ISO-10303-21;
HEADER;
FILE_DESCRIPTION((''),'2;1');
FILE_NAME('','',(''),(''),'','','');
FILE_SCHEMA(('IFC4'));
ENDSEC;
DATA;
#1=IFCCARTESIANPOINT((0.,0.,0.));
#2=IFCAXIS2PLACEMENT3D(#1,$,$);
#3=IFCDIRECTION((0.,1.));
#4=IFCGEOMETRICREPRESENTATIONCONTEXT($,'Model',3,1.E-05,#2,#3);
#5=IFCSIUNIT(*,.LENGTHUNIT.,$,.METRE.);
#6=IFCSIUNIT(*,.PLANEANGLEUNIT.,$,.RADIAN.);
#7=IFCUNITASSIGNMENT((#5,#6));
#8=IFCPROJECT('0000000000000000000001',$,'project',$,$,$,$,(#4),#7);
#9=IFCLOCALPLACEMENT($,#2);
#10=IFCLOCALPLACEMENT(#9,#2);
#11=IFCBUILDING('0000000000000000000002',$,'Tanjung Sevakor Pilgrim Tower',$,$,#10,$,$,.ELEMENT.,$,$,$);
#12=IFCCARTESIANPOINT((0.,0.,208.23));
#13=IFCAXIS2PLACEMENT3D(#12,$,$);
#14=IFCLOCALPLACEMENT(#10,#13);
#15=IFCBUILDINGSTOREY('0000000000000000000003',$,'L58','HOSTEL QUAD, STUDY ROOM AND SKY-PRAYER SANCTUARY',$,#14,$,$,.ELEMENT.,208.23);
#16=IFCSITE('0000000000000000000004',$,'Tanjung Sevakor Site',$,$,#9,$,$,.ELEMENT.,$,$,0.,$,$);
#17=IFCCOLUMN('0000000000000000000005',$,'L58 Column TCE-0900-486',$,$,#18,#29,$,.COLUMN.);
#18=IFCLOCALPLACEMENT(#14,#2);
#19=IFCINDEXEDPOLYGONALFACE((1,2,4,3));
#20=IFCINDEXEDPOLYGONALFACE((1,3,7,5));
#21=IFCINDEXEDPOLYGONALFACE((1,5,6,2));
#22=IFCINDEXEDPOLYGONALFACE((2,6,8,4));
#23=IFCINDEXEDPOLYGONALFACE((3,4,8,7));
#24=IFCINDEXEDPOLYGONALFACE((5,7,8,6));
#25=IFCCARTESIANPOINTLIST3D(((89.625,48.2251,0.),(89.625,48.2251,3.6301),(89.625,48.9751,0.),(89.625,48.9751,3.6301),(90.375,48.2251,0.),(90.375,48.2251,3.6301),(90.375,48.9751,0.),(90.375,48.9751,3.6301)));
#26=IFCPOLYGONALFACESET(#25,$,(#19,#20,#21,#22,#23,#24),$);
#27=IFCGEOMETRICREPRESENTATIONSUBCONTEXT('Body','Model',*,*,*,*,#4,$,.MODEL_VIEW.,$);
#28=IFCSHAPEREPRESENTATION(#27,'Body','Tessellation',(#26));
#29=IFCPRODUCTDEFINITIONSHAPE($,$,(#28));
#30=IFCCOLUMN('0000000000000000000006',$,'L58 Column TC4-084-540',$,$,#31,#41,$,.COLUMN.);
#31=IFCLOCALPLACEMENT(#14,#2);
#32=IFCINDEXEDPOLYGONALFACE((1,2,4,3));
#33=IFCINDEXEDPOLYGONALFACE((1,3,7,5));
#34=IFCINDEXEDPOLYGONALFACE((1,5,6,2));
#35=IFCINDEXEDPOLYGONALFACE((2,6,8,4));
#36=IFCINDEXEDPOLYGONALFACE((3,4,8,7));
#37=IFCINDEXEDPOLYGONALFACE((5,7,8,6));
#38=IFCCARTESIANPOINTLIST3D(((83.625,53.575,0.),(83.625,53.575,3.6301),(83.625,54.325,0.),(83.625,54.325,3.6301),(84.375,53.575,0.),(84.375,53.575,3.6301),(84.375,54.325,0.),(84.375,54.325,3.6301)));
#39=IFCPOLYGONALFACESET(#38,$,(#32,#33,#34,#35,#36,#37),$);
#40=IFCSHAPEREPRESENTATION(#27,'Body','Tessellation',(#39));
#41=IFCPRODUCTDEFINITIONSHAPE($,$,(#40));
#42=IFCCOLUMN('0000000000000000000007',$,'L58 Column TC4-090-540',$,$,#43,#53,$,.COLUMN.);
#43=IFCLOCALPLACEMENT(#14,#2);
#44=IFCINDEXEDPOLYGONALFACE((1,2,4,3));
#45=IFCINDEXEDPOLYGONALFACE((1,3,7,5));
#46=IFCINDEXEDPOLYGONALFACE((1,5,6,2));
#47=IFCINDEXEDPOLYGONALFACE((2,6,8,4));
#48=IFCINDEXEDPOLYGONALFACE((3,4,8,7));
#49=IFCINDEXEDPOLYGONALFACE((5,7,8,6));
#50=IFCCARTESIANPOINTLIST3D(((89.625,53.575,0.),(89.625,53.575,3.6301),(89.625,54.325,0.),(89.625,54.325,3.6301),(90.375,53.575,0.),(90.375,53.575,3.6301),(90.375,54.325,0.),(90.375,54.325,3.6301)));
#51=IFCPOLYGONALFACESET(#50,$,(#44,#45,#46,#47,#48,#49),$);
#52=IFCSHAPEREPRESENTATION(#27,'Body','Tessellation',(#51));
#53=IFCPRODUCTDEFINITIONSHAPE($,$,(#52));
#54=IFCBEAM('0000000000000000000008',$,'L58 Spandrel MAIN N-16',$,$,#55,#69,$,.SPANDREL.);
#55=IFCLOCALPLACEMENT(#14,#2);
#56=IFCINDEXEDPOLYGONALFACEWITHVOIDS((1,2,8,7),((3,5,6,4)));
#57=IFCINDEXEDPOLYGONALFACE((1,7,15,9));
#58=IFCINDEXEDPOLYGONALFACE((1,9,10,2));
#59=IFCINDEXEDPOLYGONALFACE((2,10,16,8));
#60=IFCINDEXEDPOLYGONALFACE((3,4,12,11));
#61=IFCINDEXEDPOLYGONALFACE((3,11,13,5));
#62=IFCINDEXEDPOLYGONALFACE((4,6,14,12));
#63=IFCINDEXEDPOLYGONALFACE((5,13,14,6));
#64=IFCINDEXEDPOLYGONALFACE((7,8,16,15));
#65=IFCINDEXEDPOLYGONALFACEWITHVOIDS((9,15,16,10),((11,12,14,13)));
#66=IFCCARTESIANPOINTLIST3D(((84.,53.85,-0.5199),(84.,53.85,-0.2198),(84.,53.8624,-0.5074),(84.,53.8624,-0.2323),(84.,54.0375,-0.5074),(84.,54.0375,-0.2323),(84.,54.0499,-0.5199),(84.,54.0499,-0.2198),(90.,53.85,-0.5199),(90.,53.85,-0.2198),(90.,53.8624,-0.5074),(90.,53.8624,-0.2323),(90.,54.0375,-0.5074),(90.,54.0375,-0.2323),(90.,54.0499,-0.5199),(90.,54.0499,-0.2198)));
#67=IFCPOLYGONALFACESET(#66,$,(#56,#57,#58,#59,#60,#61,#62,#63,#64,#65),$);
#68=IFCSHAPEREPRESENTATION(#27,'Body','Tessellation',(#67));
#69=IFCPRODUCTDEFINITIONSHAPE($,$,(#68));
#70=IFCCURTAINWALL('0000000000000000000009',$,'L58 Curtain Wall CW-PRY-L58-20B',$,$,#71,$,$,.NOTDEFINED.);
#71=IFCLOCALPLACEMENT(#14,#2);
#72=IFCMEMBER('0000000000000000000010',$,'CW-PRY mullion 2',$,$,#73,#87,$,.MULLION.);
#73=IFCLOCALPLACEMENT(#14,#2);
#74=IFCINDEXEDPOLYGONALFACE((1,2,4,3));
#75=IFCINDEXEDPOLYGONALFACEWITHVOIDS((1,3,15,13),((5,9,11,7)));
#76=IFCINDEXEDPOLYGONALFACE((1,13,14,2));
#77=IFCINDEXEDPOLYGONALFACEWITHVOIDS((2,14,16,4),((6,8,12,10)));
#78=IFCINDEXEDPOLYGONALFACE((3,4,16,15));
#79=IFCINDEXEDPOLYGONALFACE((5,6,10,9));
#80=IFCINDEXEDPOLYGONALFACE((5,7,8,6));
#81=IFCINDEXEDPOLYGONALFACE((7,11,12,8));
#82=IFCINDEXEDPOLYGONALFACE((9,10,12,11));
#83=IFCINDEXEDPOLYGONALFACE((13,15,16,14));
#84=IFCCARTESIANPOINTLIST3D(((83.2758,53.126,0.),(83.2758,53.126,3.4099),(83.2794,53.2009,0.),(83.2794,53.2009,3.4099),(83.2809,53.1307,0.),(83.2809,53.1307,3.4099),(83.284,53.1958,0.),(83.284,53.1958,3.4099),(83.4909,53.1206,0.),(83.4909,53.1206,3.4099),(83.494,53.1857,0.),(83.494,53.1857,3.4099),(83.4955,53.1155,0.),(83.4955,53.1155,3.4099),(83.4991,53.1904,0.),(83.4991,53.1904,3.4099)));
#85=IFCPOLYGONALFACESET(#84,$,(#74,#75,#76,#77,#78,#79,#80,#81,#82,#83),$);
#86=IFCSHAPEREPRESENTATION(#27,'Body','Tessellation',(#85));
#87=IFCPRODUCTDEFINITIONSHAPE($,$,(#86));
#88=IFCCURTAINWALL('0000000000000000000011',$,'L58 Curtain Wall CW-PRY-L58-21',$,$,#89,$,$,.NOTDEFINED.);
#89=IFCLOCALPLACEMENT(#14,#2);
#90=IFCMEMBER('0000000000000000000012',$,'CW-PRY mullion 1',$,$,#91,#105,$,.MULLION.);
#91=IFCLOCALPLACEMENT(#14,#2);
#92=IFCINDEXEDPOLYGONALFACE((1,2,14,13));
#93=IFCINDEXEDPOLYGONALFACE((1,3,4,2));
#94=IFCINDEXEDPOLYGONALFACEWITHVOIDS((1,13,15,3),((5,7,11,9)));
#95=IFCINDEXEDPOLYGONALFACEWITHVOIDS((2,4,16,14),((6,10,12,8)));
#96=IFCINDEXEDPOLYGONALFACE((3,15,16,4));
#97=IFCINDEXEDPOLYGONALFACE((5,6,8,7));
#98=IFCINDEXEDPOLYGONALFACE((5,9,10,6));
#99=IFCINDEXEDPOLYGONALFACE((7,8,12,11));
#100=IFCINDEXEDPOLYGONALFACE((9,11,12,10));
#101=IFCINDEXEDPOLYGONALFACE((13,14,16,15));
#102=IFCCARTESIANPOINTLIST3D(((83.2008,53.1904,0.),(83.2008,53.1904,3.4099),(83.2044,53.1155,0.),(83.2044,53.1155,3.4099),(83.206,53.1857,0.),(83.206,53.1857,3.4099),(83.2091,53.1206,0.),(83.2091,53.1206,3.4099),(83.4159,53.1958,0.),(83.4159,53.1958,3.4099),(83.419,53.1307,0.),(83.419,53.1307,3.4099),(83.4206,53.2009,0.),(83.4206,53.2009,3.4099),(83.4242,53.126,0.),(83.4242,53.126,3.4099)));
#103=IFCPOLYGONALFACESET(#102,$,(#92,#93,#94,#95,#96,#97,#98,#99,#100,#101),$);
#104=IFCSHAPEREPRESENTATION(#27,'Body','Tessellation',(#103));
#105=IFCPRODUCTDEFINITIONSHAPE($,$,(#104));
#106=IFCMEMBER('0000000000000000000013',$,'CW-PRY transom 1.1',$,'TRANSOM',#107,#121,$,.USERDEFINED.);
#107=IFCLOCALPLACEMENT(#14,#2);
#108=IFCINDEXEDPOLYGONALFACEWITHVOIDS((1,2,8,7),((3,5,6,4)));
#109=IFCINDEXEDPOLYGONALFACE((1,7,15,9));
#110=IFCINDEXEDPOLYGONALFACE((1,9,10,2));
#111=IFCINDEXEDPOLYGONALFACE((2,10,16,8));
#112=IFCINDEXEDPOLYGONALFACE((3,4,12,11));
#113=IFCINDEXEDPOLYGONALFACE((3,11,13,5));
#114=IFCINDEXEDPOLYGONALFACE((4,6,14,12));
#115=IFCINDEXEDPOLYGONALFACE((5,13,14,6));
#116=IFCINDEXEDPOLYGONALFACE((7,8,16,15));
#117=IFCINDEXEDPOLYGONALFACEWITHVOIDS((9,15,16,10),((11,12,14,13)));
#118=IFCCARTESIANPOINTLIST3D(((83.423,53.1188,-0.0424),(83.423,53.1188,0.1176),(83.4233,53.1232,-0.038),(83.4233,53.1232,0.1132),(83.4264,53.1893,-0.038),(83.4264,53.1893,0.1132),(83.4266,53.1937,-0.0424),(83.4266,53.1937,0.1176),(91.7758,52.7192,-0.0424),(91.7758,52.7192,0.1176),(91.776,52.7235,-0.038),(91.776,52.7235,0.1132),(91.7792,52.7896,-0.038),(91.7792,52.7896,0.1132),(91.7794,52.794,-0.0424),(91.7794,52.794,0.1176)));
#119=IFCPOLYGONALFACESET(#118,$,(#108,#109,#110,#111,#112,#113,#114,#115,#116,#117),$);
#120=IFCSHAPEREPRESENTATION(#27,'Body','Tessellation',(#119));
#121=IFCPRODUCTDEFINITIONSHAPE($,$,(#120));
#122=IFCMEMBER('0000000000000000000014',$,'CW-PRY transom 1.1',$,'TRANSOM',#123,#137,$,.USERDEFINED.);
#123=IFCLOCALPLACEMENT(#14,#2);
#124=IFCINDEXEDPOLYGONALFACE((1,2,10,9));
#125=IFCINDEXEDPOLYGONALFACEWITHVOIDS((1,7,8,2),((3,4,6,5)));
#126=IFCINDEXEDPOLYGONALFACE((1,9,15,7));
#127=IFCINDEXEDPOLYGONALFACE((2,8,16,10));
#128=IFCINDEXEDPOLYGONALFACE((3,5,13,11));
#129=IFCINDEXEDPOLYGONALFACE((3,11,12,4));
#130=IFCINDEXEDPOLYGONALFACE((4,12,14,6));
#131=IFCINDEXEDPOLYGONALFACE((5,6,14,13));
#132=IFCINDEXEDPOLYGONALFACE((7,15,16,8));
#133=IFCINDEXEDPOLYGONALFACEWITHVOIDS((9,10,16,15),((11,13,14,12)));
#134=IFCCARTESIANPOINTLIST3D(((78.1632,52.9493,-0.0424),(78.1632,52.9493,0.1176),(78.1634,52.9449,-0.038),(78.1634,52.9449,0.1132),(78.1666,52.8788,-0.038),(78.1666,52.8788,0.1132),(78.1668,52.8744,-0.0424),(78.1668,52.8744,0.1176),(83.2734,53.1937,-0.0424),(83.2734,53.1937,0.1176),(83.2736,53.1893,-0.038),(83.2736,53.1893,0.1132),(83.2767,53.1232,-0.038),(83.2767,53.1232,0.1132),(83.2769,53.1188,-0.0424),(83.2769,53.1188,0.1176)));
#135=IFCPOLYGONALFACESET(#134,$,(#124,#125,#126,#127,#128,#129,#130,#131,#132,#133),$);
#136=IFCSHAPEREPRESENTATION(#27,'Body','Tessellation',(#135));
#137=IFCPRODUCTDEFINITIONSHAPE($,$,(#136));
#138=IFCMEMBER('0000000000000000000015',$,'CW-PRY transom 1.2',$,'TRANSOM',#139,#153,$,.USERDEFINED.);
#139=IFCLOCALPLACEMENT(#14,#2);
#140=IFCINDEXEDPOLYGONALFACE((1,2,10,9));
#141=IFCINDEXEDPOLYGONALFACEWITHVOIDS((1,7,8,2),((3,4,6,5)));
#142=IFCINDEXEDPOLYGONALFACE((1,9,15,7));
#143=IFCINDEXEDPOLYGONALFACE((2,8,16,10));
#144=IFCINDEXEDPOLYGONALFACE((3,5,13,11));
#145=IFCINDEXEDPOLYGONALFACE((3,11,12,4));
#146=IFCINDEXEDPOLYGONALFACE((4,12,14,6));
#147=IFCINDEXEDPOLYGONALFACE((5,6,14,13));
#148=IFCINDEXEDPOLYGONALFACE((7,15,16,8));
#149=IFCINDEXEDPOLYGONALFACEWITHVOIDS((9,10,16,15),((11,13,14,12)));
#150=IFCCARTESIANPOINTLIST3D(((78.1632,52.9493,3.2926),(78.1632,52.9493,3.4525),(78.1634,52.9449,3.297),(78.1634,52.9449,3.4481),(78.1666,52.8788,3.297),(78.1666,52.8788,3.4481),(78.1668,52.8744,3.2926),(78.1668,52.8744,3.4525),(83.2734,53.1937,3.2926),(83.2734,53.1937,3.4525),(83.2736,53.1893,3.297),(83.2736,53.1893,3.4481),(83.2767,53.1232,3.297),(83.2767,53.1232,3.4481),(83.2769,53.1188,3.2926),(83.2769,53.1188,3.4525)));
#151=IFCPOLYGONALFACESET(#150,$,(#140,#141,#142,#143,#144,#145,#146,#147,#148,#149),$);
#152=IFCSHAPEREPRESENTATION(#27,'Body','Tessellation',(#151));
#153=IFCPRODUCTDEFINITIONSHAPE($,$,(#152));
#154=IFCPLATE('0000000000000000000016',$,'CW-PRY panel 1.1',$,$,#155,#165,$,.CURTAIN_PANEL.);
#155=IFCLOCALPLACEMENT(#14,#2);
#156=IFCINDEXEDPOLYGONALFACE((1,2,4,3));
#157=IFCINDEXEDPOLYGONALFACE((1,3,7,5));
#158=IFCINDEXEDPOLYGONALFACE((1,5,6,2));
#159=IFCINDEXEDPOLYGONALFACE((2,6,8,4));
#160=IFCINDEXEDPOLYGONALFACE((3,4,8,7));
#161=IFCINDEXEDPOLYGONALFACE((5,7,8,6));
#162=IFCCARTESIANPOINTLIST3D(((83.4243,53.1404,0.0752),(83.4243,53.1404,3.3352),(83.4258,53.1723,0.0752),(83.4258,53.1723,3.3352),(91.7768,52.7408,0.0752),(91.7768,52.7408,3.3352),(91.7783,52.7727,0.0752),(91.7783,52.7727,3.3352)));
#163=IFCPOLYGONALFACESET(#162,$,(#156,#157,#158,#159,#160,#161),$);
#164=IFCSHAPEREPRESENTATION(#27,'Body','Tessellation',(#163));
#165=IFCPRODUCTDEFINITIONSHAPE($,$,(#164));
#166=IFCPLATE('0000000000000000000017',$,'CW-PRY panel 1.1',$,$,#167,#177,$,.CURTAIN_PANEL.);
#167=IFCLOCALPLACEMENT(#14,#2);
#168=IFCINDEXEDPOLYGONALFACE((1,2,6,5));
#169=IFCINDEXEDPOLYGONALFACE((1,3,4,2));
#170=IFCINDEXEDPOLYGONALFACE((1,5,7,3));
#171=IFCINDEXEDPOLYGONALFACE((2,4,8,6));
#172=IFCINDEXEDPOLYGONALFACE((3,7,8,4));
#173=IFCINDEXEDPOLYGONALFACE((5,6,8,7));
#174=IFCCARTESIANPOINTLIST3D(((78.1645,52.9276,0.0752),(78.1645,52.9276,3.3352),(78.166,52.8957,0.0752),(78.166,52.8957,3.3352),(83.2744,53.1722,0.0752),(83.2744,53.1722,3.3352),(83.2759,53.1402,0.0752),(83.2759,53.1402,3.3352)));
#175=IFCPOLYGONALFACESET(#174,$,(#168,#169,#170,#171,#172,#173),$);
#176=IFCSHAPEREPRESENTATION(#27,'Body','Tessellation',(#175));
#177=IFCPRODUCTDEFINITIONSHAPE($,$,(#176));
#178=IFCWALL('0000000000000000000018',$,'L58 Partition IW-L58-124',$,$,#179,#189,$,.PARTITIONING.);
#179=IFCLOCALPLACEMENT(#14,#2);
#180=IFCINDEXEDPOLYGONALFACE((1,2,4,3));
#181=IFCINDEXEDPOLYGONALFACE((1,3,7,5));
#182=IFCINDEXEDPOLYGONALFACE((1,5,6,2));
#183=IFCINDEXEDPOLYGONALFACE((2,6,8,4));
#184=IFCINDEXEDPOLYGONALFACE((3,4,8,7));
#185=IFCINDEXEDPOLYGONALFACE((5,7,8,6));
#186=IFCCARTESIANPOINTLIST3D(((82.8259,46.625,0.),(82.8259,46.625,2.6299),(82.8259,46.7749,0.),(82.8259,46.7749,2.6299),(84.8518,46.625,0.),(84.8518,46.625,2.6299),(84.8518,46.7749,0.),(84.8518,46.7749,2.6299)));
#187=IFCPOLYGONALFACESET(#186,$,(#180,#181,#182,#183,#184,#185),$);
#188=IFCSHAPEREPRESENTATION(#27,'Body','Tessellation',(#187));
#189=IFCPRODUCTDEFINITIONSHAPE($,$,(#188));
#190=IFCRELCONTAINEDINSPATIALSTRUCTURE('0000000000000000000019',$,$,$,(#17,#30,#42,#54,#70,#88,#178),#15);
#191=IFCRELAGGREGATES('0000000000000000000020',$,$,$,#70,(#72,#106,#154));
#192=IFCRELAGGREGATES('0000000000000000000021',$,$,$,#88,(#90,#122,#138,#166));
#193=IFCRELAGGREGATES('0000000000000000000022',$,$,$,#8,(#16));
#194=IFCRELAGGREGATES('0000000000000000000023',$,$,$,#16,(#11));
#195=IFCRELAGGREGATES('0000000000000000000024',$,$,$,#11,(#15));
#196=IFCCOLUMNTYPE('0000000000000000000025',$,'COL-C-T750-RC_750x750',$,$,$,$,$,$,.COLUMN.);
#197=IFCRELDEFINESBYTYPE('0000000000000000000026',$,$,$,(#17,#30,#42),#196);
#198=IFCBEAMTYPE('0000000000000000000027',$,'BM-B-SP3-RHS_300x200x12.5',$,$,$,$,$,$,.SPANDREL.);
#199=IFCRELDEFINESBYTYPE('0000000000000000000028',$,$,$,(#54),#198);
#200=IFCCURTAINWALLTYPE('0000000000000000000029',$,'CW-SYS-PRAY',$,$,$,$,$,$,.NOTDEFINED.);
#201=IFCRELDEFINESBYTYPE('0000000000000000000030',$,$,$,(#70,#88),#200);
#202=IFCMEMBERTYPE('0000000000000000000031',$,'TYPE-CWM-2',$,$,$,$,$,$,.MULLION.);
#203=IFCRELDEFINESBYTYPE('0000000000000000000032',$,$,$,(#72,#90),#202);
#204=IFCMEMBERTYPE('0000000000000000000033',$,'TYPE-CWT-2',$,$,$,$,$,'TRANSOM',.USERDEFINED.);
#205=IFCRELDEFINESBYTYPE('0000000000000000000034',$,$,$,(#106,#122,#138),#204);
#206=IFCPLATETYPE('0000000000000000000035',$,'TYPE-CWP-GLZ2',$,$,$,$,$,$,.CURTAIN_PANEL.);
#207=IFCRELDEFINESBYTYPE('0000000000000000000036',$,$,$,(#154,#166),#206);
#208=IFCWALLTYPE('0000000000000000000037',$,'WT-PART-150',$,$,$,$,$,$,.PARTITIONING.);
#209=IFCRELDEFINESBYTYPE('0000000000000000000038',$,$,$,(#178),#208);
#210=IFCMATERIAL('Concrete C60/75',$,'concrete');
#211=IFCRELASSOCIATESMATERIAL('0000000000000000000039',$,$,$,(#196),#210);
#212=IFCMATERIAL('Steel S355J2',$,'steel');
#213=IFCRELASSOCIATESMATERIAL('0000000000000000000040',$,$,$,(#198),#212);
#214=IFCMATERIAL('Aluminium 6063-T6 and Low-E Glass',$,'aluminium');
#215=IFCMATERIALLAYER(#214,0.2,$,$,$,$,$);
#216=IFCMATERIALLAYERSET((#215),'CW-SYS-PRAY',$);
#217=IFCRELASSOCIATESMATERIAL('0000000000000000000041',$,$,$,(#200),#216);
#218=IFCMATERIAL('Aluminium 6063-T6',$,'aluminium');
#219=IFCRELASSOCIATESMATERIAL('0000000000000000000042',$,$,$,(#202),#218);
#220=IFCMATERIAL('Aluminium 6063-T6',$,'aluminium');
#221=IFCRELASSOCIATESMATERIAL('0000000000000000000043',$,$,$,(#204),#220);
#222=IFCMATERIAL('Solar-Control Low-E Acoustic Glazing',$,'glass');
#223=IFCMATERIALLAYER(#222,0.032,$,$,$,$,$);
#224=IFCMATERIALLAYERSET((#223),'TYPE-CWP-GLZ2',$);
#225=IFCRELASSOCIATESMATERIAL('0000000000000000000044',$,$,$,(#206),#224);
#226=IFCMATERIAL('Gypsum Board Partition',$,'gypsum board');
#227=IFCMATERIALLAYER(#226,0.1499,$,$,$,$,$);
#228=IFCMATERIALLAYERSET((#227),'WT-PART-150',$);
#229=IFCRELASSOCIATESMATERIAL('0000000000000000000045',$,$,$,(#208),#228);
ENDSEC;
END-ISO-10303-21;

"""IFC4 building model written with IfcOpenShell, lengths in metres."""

from ifc_helpers import new_model, si_unit, direction, frame, frame_2d, origin, origin_2d, place, context, subcontext, project, spatial, rectangle, hollow_rectangle, extrude, material, layer, layer_set, material_profile, profile_set, type_object, element, aggregate, save


model = new_model("IFC4")

# Units and contexts
model_context = context("Model", 3, precision=1e-05, world=origin(), true_north=direction((0.0, 1.0)))
body_context = subcontext(model_context, "Body", "Model", "MODEL_VIEW")
ifc_project = project(units=[si_unit("LENGTHUNIT", "METRE"), si_unit("PLANEANGLEUNIT", "RADIAN")], contexts=[model_context])

# Site, building, storey
site_placement = place(None, origin())
site = spatial("IfcSite", under=ifc_project, at=site_placement, Name="Tanjung Sevakor Site", CompositionType="ELEMENT", RefElevation=0.0)
building_placement = place(site_placement, origin())
building = spatial("IfcBuilding", under=site, at=building_placement, Name="Tanjung Sevakor Pilgrim Tower", CompositionType="ELEMENT")
storey_placement = place(building_placement, frame((0.0, 0.0, 208.23)))
storey = spatial("IfcBuildingStorey", under=building, at=storey_placement, Name="L58", Description="HOSTEL QUAD, STUDY ROOM AND SKY-PRAYER SANCTUARY", CompositionType="ELEMENT", Elevation=208.23)

# Columns
ifc_material_1 = material(Name="Concrete C60/75", Category="concrete")
ifc_material_profile_1 = material_profile(ifc_material_1, rectangle(XDim=0.75, YDim=0.75, at=origin_2d()))
ifc_profile_set_1 = profile_set([ifc_material_profile_1], Name="Concrete C60/75")
column_type = type_object("IfcColumnType", Name="COL-C-T750-RC_750x750", PredefinedType="COLUMN", material=ifc_profile_set_1)
for number, where, z_axis, x_axis, name in (
    (1, (90.0, 48.6001, 0.0), (0.0, 0.0, 1.0), (1.0, 0.0, 0.0), "L58 Column TCE-0900-486"),
    (2, (84.0, 53.95, 0.0), (0.0, 0.0, 1.0), (1.0, 0.0, 0.0), "L58 Column TC4-084-540"),
    (3, (90.0, 53.95, 0.0), (0.0, 0.0, 1.0), (1.0, 0.0, 0.0), "L58 Column TC4-090-540"),
):
    element("IfcColumn", number, at=place(storey_placement, frame(where, z_axis=z_axis, x_axis=x_axis)), inside=storey, type_object=column_type, Name=name, PredefinedType="COLUMN", context=body_context, shape_type="SweptSolid", body=[
        extrude(rectangle(XDim=0.75, YDim=0.75, at=origin_2d()), origin(), (0.0, 0.0, 1.0), 3.6301),
    ])

# Beam
ifc_material_2 = material(Name="Steel S355J2", Category="steel")
ifc_material_profile_2 = material_profile(ifc_material_2, hollow_rectangle(XDim=0.2, YDim=0.3, WallThickness=0.0125, at=origin_2d()))
ifc_profile_set_2 = profile_set([ifc_material_profile_2], Name="Steel S355J2")
beam_type = type_object("IfcBeamType", Name="BM-B-SP3-RHS_300x200x12.5", PredefinedType="SPANDREL", material=ifc_profile_set_2)
beam_placement = place(storey_placement, frame((84.0, 53.95, -0.3699), z_axis=(1.0, 0.0, 0.0), x_axis=(0.0, 1.0, 0.0)))
element("IfcBeam", 4, at=beam_placement, inside=storey, type_object=beam_type, Name="L58 Spandrel MAIN N-16", PredefinedType="SPANDREL", context=body_context, shape_type="SweptSolid", body=[
    extrude(hollow_rectangle(XDim=0.2, YDim=0.3, WallThickness=0.0125, at=origin_2d()), origin(), (0.0, 0.0, 1.0), 6.0),
])

# Curtain walls, members
ifc_material_3 = material(Name="Aluminium 6063-T6 and Low-E Glass", Category="aluminium")
ifc_layer_1 = layer(ifc_material_3, 0.2)
ifc_layer_set_1 = layer_set([ifc_layer_1], Name="CW-SYS-PRAY")
curtain_wall_type = type_object("IfcCurtainWallType", Name="CW-SYS-PRAY", PredefinedType="NOTDEFINED", material=ifc_layer_set_1)
curtain_wall_1_placement = place(storey_placement, origin())
curtain_wall_1 = element("IfcCurtainWall", 5, at=curtain_wall_1_placement, inside=storey, type_object=curtain_wall_type, Name="L58 Curtain Wall CW-PRY-L58-20B", PredefinedType="NOTDEFINED")
ifc_material_4 = material(Name="Aluminium 6063-T6", Category="aluminium")
ifc_material_profile_3 = material_profile(ifc_material_4, hollow_rectangle(XDim=0.075, YDim=0.22, WallThickness=0.0049, at=origin_2d()))
ifc_profile_set_3 = profile_set([ifc_material_profile_3], Name="Aluminium 6063-T6")
member_type_1 = type_object("IfcMemberType", Name="TYPE-CWM-2", PredefinedType="MULLION", material=ifc_profile_set_3)
member_1_placement = place(storey_placement, frame((83.3875, 53.1582, 0.0), z_axis=(0.0, 0.0, 1.0), x_axis=(-0.047791, -0.998857, 0.0)))
member_1 = element("IfcMember", 6, at=member_1_placement, type_object=member_type_1, Name="CW-PRY mullion 2", PredefinedType="MULLION", context=body_context, shape_type="SweptSolid", body=[
    extrude(hollow_rectangle(XDim=0.075, YDim=0.22, WallThickness=0.0049, at=origin_2d()), origin(), (0.0, 0.0, 1.0), 3.4099),
])
curtain_wall_2_placement = place(storey_placement, origin())
curtain_wall_2 = element("IfcCurtainWall", 7, at=curtain_wall_2_placement, inside=storey, type_object=curtain_wall_type, Name="L58 Curtain Wall CW-PRY-L58-21", PredefinedType="NOTDEFINED")
member_2_placement = place(storey_placement, frame((83.3125, 53.1582, 0.0), z_axis=(0.0, 0.0, 1.0), x_axis=(0.047797, -0.998857, 0.0)))
member_2 = element("IfcMember", 8, at=member_2_placement, type_object=member_type_1, Name="CW-PRY mullion 1", PredefinedType="MULLION", context=body_context, shape_type="SweptSolid", body=[
    extrude(hollow_rectangle(XDim=0.075, YDim=0.22, WallThickness=0.0049, at=origin_2d()), origin(), (0.0, 0.0, 1.0), 3.4099),
])

# Members
ifc_material_5 = material(Name="Aluminium 6063-T6", Category="aluminium")
ifc_material_profile_4 = material_profile(ifc_material_5, hollow_rectangle(XDim=0.075, YDim=0.1599, WallThickness=0.0044, at=origin_2d()))
ifc_profile_set_4 = profile_set([ifc_material_profile_4], Name="Aluminium 6063-T6")
member_type_2 = type_object("IfcMemberType", Name="TYPE-CWT-2", ElementType="TRANSOM", PredefinedType="USERDEFINED", material=ifc_profile_set_4)
member_3_placement = place(storey_placement, frame((91.7776, 52.7566, 0.0376), z_axis=(-0.998857, 0.047793, 0.0), x_axis=(-0.047793, -0.998857, 0.0)))
member_3 = element("IfcMember", 9, at=member_3_placement, type_object=member_type_2, Name="CW-PRY transom 1.1", ObjectType="TRANSOM", PredefinedType="USERDEFINED", context=body_context, shape_type="SweptSolid", body=[
    extrude(hollow_rectangle(XDim=0.075, YDim=0.1599, WallThickness=0.0044, at=origin_2d()), origin(), (0.0, 0.0, 1.0), 8.3623),
])
member_4_placement = place(storey_placement, frame((83.2751, 53.1562, 0.0376), z_axis=(-0.998858, -0.047769, 0.0), x_axis=(0.047769, -0.998858, 0.0)))
member_4 = element("IfcMember", 10, at=member_4_placement, type_object=member_type_2, Name="CW-PRY transom 1.1", ObjectType="TRANSOM", PredefinedType="USERDEFINED", context=body_context, shape_type="SweptSolid", body=[
    extrude(hollow_rectangle(XDim=0.075, YDim=0.1599, WallThickness=0.0044, at=origin_2d()), origin(), (0.0, 0.0, 1.0), 5.116),
])
member_5_placement = place(storey_placement, frame((83.2751, 53.1562, 3.3726), z_axis=(-0.998858, -0.047769, 0.0), x_axis=(0.047769, -0.998858, 0.0)))
member_5 = element("IfcMember", 11, at=member_5_placement, type_object=member_type_2, Name="CW-PRY transom 1.2", ObjectType="TRANSOM", PredefinedType="USERDEFINED", context=body_context, shape_type="SweptSolid", body=[
    extrude(hollow_rectangle(XDim=0.075, YDim=0.1599, WallThickness=0.0044, at=origin_2d()), origin(), (0.0, 0.0, 1.0), 5.116),
])

# Plates
ifc_material_6 = material(Name="Solar-Control Low-E Acoustic Glazing", Category="glass")
ifc_layer_2 = layer(ifc_material_6, 0.032)
ifc_layer_set_2 = layer_set([ifc_layer_2], Name="TYPE-CWP-GLZ2")
plate_type = type_object("IfcPlateType", Name="TYPE-CWP-GLZ2", PredefinedType="CURTAIN_PANEL", material=ifc_layer_set_2)
plate_1_placement = place(storey_placement, frame((87.6013, 52.9565, 0.0752), z_axis=(0.0, 0.0, 1.0), x_axis=(-0.998857, 0.047791, 0.0)))
plate_1 = element("IfcPlate", 12, at=plate_1_placement, type_object=plate_type, Name="CW-PRY panel 1.1", PredefinedType="CURTAIN_PANEL", context=body_context, shape_type="SweptSolid", body=[
    extrude(rectangle(XDim=8.3621, YDim=0.032, at=origin_2d()), origin(), (0.0, 0.0, 1.0), 3.26),
])
aggregate(curtain_wall_1, [member_1, member_3, plate_1])
plate_2_placement = place(storey_placement, frame((80.7202, 53.0339, 0.0752), z_axis=(0.0, 0.0, 1.0), x_axis=(-0.998857, -0.047797, 0.0)))
plate_2 = element("IfcPlate", 13, at=plate_2_placement, type_object=plate_type, Name="CW-PRY panel 1.1", PredefinedType="CURTAIN_PANEL", context=body_context, shape_type="SweptSolid", body=[
    extrude(rectangle(XDim=5.1157, YDim=0.032, at=origin_2d()), origin(), (0.0, 0.0, 1.0), 3.26),
])
aggregate(curtain_wall_2, [member_2, member_4, member_5, plate_2])

# Wall
ifc_material_7 = material(Name="Gypsum Board Partition", Category="gypsum board")
ifc_layer_3 = layer(ifc_material_7, 0.1499)
ifc_layer_set_3 = layer_set([ifc_layer_3], Name="WT-PART-150")
wall_type = type_object("IfcWallType", Name="WT-PART-150", PredefinedType="PARTITIONING", material=ifc_layer_set_3)
wall_1_placement = place(storey_placement, frame((82.8259, 46.7, 0.0), z_axis=(0.0, 0.0, 1.0), x_axis=(1.0, 0.0, 0.0)))
element("IfcWall", 14, at=wall_1_placement, inside=storey, type_object=wall_type, Name="L58 Partition IW-L58-124", PredefinedType="PARTITIONING", context=body_context, shape_type="SweptSolid", body=[
    extrude(rectangle(XDim=2.0259, YDim=0.1499, at=frame_2d((1.0129, 0.0))), origin(), (0.0, 0.0, 1.0), 2.6299),
])

save(model, "model.ifc")
